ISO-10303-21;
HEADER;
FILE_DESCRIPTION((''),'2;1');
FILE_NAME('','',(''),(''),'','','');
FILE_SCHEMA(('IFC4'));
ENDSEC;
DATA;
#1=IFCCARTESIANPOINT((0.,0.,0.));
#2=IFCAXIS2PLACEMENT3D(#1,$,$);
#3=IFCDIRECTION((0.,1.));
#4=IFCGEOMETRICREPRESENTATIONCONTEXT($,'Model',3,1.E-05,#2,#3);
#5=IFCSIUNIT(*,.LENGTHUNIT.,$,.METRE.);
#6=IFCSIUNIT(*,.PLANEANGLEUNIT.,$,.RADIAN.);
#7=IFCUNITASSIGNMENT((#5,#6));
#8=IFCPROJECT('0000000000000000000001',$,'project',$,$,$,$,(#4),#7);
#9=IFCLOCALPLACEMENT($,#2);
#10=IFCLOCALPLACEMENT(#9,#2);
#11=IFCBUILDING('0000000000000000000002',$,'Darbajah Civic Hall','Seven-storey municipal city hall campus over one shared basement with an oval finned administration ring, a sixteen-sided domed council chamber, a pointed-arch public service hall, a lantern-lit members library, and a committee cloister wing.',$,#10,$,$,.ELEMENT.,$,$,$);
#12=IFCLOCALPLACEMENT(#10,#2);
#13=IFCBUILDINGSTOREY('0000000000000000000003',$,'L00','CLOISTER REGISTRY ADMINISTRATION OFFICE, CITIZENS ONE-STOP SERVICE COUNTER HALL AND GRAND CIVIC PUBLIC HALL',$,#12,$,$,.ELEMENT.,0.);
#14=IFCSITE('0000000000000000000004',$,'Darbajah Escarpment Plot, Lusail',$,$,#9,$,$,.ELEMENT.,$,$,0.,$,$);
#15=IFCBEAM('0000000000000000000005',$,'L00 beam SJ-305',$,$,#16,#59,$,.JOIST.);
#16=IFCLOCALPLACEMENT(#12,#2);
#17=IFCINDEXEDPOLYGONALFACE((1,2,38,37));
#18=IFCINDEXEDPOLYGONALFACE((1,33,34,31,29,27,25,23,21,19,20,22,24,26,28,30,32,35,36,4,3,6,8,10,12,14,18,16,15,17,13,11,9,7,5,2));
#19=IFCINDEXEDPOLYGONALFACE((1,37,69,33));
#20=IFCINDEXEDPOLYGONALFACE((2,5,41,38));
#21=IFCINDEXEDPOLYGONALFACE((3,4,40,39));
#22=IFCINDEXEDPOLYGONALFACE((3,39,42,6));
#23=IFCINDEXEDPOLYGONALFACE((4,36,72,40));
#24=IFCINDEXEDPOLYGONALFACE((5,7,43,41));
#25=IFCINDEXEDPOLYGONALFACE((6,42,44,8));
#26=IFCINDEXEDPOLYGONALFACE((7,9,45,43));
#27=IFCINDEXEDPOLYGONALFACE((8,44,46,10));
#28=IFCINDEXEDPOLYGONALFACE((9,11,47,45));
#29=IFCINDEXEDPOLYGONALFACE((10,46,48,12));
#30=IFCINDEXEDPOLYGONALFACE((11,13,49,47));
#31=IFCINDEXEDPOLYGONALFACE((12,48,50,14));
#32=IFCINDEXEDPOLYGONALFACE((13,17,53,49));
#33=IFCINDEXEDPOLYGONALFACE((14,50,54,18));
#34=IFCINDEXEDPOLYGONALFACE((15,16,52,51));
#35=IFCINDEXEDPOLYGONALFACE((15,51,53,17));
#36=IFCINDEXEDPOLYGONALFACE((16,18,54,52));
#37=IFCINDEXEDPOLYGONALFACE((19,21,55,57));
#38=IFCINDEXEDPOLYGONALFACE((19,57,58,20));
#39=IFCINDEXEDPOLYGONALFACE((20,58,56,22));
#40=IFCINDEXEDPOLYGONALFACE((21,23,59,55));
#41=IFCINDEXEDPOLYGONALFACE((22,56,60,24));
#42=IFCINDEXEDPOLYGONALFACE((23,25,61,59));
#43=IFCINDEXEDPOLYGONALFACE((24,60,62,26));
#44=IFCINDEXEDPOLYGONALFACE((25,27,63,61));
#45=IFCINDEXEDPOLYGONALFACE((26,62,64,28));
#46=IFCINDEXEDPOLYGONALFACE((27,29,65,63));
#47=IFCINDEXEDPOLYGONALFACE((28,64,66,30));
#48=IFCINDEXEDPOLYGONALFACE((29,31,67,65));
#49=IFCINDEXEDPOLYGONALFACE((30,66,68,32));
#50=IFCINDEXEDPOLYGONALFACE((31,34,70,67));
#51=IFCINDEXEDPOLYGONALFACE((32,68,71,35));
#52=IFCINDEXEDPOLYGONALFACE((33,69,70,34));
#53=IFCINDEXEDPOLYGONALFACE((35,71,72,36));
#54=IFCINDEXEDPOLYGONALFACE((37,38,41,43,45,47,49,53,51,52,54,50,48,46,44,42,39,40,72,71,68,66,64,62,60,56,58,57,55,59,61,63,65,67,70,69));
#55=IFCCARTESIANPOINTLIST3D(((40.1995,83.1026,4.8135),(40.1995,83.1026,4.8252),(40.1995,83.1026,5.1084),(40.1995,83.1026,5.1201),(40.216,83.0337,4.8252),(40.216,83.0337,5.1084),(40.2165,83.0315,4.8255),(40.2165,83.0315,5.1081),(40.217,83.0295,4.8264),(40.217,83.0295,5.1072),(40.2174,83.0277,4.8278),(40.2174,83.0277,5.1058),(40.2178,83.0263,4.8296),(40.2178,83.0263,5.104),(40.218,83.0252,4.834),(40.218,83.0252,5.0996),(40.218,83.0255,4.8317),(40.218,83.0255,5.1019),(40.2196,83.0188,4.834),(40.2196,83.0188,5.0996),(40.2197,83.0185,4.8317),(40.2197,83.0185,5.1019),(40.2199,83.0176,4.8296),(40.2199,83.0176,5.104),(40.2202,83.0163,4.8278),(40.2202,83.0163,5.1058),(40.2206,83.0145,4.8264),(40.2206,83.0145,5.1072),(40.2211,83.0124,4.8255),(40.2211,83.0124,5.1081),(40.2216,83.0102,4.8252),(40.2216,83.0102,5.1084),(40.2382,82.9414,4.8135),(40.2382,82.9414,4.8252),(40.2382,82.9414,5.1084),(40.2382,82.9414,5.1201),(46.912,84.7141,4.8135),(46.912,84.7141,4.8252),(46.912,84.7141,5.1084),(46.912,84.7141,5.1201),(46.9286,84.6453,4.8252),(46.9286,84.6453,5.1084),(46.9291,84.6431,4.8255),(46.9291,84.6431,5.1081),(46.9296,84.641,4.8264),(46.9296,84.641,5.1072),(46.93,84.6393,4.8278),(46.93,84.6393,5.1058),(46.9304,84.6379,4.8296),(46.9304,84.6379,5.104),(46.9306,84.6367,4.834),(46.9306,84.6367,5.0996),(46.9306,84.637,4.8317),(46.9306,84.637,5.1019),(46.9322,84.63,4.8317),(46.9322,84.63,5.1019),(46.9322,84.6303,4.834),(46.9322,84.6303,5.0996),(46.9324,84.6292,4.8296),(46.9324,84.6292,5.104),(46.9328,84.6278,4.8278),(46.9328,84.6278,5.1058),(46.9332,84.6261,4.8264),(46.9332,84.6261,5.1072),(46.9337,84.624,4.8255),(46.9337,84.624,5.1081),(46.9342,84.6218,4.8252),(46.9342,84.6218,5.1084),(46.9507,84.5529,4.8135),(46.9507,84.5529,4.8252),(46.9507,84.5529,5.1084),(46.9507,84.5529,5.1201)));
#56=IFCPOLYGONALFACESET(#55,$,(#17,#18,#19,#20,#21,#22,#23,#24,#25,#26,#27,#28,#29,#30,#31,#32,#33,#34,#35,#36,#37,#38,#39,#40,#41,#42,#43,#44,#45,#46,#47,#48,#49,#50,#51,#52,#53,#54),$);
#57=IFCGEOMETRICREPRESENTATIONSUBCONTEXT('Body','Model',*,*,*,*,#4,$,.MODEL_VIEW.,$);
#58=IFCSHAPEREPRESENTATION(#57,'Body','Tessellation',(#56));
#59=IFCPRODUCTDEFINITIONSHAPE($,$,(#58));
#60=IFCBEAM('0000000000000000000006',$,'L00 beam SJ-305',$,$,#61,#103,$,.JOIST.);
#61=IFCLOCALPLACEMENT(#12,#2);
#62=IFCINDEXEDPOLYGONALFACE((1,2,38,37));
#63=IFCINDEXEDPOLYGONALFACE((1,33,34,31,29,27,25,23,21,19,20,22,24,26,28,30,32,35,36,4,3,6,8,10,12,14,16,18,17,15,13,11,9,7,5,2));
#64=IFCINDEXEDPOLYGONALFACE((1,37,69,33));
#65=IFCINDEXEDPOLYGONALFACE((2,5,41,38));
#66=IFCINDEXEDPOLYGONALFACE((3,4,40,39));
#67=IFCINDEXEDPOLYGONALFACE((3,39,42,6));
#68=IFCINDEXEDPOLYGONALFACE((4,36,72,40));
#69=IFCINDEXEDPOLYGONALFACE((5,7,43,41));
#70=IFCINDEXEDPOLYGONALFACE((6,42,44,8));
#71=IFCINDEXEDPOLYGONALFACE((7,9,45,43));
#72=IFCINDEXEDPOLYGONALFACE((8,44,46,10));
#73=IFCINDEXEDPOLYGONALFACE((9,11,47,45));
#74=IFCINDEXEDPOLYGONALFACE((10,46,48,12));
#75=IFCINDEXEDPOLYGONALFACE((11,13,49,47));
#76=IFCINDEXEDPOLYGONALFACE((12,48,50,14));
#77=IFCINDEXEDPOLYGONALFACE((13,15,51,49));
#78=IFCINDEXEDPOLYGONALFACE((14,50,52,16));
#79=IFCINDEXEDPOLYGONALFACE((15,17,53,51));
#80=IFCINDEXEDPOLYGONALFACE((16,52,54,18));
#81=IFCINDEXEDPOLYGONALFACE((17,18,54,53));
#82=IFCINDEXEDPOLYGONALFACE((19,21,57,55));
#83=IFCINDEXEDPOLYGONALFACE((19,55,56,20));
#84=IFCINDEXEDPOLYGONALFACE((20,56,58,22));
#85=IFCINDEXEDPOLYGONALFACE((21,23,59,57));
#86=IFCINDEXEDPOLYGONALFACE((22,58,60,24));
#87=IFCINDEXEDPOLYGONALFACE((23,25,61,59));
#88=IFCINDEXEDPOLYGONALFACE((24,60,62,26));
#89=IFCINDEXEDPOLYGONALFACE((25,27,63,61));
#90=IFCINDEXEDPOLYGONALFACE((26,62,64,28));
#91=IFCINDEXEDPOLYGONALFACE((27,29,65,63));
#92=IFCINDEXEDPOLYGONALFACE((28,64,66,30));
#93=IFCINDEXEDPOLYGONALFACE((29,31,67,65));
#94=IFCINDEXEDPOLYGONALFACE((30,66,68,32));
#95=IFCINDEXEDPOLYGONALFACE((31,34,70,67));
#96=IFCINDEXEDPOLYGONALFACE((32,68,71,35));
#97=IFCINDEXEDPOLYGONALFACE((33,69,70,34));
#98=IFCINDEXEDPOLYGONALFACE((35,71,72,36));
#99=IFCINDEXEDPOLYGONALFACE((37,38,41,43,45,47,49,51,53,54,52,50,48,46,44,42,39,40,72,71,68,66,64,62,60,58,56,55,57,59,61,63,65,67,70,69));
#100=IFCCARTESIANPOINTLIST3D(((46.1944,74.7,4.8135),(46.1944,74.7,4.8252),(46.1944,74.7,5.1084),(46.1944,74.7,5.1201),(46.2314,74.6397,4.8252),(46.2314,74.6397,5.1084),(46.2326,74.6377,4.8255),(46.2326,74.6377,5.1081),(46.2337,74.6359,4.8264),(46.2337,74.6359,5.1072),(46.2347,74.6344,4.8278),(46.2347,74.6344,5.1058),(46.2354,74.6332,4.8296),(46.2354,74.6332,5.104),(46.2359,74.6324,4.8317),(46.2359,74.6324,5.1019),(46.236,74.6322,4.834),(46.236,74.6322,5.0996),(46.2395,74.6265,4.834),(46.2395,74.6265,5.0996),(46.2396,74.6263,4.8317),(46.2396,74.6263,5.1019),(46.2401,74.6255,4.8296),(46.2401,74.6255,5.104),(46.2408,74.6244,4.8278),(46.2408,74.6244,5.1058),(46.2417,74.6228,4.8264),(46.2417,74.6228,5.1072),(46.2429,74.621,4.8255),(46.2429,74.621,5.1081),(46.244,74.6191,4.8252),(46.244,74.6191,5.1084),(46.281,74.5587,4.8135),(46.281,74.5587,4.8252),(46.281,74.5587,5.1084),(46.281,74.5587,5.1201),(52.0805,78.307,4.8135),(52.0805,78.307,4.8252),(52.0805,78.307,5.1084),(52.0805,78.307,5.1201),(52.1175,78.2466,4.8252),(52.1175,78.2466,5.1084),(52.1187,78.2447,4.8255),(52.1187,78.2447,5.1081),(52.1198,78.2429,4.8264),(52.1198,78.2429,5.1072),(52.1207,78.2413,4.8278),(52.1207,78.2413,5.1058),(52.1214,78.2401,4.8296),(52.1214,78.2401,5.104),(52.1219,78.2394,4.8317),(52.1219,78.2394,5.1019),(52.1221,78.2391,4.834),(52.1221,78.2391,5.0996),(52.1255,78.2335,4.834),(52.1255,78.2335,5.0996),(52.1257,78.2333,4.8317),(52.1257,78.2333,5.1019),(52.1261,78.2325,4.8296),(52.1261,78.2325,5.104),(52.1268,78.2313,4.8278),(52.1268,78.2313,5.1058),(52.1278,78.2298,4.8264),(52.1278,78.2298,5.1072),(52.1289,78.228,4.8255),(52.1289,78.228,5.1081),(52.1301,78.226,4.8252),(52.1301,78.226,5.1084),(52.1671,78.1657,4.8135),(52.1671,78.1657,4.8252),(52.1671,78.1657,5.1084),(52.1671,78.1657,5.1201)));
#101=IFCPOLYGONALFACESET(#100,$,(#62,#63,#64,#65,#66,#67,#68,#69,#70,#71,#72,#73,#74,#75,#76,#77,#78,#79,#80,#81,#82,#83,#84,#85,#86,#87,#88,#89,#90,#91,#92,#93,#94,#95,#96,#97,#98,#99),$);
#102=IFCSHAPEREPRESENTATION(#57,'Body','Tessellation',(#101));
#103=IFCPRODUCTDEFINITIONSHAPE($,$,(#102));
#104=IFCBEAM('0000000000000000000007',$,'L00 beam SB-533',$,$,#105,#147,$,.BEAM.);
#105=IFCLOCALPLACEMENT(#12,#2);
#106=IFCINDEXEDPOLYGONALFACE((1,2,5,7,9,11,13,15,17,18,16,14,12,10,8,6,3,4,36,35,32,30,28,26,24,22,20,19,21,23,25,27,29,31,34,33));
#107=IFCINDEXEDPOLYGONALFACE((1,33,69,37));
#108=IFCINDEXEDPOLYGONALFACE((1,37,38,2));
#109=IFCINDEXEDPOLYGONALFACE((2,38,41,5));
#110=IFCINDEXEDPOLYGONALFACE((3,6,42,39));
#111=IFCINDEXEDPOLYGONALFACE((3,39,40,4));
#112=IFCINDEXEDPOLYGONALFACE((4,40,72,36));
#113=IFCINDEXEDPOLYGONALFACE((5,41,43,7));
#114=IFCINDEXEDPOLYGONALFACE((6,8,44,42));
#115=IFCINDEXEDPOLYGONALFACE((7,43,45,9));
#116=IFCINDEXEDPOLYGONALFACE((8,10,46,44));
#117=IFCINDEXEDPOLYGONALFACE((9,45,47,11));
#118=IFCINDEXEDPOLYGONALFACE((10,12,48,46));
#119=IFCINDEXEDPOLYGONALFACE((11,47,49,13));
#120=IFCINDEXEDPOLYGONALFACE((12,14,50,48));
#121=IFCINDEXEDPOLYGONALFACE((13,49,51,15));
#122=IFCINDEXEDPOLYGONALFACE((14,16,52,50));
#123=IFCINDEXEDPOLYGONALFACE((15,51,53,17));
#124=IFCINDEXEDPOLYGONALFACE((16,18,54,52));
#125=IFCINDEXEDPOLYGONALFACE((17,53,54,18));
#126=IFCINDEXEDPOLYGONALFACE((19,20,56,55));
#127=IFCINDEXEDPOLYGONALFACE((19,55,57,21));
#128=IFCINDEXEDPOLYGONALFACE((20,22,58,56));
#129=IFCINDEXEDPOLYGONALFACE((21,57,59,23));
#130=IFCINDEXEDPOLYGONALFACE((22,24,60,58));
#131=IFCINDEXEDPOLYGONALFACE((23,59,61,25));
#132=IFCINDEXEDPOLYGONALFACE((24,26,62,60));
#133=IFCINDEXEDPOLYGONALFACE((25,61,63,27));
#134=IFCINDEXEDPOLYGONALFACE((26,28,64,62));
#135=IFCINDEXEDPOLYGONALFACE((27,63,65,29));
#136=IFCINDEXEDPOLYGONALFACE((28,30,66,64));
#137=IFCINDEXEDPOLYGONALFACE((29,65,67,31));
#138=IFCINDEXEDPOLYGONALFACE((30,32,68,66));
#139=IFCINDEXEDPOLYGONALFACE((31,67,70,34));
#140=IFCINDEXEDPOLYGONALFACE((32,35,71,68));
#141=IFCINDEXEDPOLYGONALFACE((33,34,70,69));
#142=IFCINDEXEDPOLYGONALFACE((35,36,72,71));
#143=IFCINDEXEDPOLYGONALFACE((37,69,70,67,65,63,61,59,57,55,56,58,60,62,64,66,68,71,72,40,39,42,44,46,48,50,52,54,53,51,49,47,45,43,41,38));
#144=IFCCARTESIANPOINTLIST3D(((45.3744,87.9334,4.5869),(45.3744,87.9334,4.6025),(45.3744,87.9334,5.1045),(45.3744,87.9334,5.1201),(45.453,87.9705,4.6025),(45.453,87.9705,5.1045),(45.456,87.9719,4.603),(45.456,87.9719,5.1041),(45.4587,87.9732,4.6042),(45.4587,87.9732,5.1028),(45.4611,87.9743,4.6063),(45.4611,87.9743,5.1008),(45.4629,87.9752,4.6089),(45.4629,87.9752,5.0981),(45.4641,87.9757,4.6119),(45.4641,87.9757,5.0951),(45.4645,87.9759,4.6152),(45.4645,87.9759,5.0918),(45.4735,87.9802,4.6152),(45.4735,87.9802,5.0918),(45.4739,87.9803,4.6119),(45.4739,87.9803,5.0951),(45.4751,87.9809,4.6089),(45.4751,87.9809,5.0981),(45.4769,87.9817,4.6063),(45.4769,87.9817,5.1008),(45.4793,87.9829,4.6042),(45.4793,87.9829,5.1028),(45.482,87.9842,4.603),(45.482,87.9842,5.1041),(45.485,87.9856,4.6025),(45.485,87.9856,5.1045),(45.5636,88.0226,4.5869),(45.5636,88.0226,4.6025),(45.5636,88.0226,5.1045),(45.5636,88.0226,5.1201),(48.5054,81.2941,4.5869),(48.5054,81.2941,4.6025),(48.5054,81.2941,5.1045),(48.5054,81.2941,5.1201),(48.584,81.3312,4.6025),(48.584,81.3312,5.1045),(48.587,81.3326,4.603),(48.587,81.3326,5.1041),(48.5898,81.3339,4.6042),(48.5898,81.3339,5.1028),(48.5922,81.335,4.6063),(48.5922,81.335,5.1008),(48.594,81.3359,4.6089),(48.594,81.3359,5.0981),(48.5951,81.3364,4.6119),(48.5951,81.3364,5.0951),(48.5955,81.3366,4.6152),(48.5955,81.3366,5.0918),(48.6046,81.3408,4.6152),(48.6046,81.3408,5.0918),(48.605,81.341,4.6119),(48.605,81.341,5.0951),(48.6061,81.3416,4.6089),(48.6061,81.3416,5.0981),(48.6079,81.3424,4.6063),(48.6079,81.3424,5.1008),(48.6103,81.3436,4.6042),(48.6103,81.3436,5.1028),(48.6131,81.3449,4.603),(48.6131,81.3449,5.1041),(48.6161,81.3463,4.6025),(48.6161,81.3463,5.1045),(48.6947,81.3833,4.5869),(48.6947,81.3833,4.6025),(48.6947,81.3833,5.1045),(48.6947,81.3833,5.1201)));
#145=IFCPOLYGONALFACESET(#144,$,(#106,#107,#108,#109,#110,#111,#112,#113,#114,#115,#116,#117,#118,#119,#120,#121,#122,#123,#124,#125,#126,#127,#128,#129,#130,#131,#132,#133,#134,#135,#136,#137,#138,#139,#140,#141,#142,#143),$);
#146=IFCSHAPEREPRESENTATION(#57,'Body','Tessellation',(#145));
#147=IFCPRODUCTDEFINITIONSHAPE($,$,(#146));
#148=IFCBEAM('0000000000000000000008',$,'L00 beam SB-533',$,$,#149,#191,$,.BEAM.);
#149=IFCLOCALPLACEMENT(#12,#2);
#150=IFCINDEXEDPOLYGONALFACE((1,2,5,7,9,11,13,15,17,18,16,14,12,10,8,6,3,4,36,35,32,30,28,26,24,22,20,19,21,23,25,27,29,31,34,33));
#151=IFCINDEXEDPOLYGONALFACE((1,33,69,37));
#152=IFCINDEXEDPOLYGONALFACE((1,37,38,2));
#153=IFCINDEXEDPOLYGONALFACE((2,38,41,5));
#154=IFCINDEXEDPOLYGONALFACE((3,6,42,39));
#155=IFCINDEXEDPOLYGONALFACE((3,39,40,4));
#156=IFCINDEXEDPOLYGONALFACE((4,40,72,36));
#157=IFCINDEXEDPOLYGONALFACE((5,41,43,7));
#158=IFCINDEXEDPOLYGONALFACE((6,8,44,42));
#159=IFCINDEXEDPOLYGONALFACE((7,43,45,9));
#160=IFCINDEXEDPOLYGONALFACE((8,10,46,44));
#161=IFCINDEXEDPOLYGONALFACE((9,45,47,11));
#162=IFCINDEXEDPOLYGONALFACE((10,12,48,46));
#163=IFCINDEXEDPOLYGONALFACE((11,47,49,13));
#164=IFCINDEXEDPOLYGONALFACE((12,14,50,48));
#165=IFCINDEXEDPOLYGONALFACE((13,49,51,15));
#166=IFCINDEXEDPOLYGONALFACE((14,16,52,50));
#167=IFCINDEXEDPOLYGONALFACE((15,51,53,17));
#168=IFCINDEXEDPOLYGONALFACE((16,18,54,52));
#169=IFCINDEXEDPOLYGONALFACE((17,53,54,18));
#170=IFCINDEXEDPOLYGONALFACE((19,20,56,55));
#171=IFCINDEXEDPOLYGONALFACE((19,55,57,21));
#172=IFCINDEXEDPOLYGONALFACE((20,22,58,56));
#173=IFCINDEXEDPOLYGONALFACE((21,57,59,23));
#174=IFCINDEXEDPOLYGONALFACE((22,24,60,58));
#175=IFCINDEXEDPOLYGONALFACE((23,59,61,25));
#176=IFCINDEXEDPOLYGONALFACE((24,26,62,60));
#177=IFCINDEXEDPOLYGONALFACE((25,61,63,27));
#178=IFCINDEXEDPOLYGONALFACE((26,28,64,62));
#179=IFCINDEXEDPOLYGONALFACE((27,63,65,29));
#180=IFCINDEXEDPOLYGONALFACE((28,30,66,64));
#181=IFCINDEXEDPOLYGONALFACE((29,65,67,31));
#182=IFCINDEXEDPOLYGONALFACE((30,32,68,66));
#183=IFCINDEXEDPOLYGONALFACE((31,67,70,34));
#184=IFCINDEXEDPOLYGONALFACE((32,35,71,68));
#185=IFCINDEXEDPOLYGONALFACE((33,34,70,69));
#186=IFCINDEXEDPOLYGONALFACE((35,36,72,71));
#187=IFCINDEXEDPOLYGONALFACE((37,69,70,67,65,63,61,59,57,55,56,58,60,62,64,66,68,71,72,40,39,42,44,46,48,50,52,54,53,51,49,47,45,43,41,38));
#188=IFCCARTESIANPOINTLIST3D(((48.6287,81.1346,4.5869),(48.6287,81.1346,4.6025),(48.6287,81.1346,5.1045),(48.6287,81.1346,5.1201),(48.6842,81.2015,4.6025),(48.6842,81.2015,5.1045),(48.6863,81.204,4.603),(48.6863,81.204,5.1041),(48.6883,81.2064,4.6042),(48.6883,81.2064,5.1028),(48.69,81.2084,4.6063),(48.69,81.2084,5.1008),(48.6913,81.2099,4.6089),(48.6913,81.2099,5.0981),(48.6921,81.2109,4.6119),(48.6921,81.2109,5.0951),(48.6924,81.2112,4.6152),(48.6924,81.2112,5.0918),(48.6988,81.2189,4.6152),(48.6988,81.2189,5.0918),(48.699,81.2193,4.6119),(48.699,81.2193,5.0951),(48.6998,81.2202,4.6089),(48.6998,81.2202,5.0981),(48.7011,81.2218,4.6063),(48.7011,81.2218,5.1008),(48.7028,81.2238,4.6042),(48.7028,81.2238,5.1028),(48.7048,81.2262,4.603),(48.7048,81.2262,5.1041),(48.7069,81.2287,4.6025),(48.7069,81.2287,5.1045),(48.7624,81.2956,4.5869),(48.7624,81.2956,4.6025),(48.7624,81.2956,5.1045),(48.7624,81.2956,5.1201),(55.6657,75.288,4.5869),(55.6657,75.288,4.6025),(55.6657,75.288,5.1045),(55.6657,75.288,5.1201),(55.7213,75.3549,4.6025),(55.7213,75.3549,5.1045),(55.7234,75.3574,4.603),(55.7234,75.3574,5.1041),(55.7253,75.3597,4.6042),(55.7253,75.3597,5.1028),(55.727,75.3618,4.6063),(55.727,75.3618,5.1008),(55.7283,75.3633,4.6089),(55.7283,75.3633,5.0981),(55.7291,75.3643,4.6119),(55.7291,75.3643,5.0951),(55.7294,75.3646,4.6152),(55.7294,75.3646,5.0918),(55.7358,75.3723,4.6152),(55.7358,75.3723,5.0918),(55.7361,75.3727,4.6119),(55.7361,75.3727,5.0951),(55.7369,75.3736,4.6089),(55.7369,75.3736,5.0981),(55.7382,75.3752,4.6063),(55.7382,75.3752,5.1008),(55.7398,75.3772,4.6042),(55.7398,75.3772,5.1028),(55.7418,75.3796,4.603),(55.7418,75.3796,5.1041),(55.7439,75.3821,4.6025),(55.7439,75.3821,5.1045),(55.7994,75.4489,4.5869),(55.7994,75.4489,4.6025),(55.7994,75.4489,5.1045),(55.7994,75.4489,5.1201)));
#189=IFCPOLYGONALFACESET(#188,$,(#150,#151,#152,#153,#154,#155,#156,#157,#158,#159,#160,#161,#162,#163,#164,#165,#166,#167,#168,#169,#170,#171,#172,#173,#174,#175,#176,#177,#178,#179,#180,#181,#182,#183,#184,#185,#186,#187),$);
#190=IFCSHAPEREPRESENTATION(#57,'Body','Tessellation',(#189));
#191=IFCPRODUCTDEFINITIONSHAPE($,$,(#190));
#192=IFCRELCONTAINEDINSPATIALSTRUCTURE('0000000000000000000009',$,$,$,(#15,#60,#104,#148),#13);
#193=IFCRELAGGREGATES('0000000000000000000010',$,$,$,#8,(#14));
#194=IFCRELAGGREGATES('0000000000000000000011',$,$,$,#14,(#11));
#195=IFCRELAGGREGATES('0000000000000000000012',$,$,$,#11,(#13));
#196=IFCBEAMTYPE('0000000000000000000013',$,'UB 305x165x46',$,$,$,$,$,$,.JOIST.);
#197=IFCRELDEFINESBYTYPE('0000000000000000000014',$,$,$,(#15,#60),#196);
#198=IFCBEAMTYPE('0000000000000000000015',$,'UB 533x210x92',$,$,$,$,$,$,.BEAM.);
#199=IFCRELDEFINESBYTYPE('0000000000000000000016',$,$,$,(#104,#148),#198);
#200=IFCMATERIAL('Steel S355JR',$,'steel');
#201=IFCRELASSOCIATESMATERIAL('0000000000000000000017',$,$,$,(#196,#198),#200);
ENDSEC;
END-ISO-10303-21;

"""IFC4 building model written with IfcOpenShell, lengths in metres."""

from ifc_helpers import new_model, si_unit, direction, frame, origin, origin_2d, place, context, subcontext, project, spatial, i_section, extrude, material, material_profile, profile_set, type_object, element, save


model = new_model("IFC4")

# Units and contexts
model_context = context("Model", 3, precision=1e-05, world=origin(), true_north=direction((0.0, 1.0)))
body_context = subcontext(model_context, "Body", "Model", "MODEL_VIEW")
ifc_project = project(units=[si_unit("LENGTHUNIT", "METRE"), si_unit("PLANEANGLEUNIT", "RADIAN")], contexts=[model_context])

# Site, building, storey
site_placement = place(None, origin())
site = spatial("IfcSite", under=ifc_project, at=site_placement, Name="Darbajah Escarpment Plot, Lusail", CompositionType="ELEMENT", RefElevation=0.0)
building_placement = place(site_placement, origin())
building = spatial("IfcBuilding", under=site, at=building_placement, Name="Darbajah Civic Hall", Description="Seven-storey municipal city hall campus over one shared basement with an oval finned administration ring, a sixteen-sided domed council chamber, a pointed-arch public service hall, a lantern-lit members library, and a committee cloister wing.", CompositionType="ELEMENT")
storey_placement = place(building_placement, origin())
storey = spatial("IfcBuildingStorey", under=building, at=storey_placement, Name="L00", Description="CLOISTER REGISTRY ADMINISTRATION OFFICE, CITIZENS ONE-STOP SERVICE COUNTER HALL AND GRAND CIVIC PUBLIC HALL", CompositionType="ELEMENT", Elevation=0.0)

# Beams
ifc_material_1 = material(Name="Steel S355JR", Category="steel")
ifc_material_profile_1 = material_profile(ifc_material_1, i_section(OverallWidth=0.1658, OverallDepth=0.3066, WebThickness=0.0066, FlangeThickness=0.0117, FilletRadius=0.0088, at=origin_2d()), Name="UB 305x165x46")
ifc_profile_set_1 = profile_set([ifc_material_profile_1], Name="Steel S355JR")
beam_type_1 = type_object("IfcBeamType", Name="UB 305x165x46", PredefinedType="JOIST", material=ifc_profile_set_1)
for number, where, z_axis, x_axis, name in (
    (1, (46.9314, 84.6335, 4.9668), (-0.97237, -0.233447, 0.0), (0.233447, -0.97237, 0.0), "L00 beam SJ-305"),
    (2, (52.1238, 78.2363, 4.9668), (-0.85264, -0.522498, 0.0), (0.522498, -0.85264, 0.0), "L00 beam SJ-305"),
):
    element("IfcBeam", number, at=place(storey_placement, frame(where, z_axis=z_axis, x_axis=x_axis)), inside=storey, type_object=beam_type_1, Name=name, PredefinedType="JOIST", context=body_context, shape_type="SweptSolid", body=[
        extrude(i_section(OverallWidth=0.1658, OverallDepth=0.3066, WebThickness=0.0066, FlangeThickness=0.0117, FilletRadius=0.0088, at=origin_2d()), origin(), (0.0, 0.0, 1.0), 6.9033),
    ])
ifc_material_profile_2 = material_profile(ifc_material_1, i_section(OverallWidth=0.2092, OverallDepth=0.5332, WebThickness=0.01, FlangeThickness=0.0156, FilletRadius=0.0127, at=origin_2d()), Name="UB 533x210x92")
ifc_profile_set_2 = profile_set([ifc_material_profile_2], Name="Steel S355JR")
beam_type_2 = type_object("IfcBeamType", Name="UB 533x210x92", PredefinedType="BEAM", material=ifc_profile_set_2)
beam_1_placement = place(storey_placement, frame((45.469, 87.978, 4.8535), z_axis=(0.426542, -0.904468, 0.0), x_axis=(0.904468, 0.426542, 0.0)))
element("IfcBeam", 3, at=beam_1_placement, inside=storey, type_object=beam_type_2, Name="L00 beam SB-533", PredefinedType="BEAM", context=body_context, shape_type="SweptSolid", body=[
    extrude(i_section(OverallWidth=0.2092, OverallDepth=0.5332, WebThickness=0.01, FlangeThickness=0.0156, FilletRadius=0.0127, at=origin_2d()), origin(), (0.0, 0.0, 1.0), 7.3406),
])
beam_2_placement = place(storey_placement, frame((48.6956, 81.2151, 4.8535), z_axis=(0.769165, -0.63905, 0.0), x_axis=(0.63905, 0.769165, 0.0)))
element("IfcBeam", 4, at=beam_2_placement, inside=storey, type_object=beam_type_2, Name="L00 beam SB-533", PredefinedType="BEAM", context=body_context, shape_type="SweptSolid", body=[
    extrude(i_section(OverallWidth=0.2092, OverallDepth=0.5332, WebThickness=0.01, FlangeThickness=0.0156, FilletRadius=0.0127, at=origin_2d()), origin(), (0.0, 0.0, 1.0), 9.1489),
])

save(model, "model.ifc")
